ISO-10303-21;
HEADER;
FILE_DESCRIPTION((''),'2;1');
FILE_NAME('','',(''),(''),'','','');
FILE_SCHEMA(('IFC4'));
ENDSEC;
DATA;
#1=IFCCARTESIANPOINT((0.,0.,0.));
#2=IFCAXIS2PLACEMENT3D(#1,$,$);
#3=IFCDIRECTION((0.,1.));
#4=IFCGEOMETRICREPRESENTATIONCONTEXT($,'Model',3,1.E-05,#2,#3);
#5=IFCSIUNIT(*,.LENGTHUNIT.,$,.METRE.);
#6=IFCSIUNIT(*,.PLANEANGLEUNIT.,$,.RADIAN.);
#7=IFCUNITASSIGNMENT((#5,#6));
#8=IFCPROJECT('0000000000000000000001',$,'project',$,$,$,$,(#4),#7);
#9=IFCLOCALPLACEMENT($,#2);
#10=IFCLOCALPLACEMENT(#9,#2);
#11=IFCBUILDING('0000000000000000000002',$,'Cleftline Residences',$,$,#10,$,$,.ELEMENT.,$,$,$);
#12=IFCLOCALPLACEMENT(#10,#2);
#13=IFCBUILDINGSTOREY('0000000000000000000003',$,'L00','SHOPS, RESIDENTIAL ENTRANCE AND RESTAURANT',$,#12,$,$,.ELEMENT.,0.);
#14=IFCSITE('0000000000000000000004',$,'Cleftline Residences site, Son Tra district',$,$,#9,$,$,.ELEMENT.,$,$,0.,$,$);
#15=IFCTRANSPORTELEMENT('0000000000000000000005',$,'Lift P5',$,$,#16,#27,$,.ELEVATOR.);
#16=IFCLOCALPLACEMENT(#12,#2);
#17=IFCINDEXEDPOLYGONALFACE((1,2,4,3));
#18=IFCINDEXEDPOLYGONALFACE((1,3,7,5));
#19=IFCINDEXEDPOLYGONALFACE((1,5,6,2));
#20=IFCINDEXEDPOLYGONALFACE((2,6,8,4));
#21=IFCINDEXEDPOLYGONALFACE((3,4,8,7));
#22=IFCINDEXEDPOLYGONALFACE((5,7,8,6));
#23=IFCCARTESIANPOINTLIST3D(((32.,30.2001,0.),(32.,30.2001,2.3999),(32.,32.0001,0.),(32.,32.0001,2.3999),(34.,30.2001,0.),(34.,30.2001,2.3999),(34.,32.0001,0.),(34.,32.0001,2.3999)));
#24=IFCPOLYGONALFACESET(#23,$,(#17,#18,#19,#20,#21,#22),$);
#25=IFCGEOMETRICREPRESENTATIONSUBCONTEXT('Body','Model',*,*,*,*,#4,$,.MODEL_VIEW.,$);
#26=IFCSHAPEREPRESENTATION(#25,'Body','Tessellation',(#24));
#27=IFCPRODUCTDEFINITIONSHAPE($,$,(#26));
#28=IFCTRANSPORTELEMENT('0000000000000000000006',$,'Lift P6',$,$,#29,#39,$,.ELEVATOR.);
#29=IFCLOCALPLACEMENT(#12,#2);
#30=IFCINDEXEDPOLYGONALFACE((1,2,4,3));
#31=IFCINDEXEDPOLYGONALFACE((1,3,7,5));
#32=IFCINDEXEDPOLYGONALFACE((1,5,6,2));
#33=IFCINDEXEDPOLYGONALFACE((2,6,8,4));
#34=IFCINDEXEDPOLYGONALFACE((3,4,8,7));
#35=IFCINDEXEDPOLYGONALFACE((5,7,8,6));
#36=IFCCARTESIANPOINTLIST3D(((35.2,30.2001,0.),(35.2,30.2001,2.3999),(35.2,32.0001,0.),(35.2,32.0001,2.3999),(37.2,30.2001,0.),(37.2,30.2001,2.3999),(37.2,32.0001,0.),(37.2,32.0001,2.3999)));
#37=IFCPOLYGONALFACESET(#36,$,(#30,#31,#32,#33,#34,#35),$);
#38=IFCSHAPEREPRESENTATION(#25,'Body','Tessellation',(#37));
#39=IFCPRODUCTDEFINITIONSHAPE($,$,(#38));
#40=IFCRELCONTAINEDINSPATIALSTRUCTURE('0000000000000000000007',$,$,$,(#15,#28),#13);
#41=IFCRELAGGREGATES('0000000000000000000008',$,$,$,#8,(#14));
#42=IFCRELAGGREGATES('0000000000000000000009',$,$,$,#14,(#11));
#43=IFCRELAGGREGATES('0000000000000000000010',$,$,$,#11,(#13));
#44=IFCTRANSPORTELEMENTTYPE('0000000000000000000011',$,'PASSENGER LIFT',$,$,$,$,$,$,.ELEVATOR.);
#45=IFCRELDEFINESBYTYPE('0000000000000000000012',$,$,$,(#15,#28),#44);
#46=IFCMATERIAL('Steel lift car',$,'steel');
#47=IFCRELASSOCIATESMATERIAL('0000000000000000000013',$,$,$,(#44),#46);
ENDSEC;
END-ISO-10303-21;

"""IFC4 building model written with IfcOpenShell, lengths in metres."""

from ifc_helpers import new_model, si_unit, direction, frame, origin, origin_2d, place, context, subcontext, project, spatial, rectangle, extrude, material, type_object, element, save


model = new_model("IFC4")

# Units and contexts
model_context = context("Model", 3, precision=1e-05, world=origin(), true_north=direction((0.0, 1.0)))
body_context = subcontext(model_context, "Body", "Model", "MODEL_VIEW")
ifc_project = project(units=[si_unit("LENGTHUNIT", "METRE"), si_unit("PLANEANGLEUNIT", "RADIAN")], contexts=[model_context])

# Site, building, storey
site_placement = place(None, origin())
site = spatial("IfcSite", under=ifc_project, at=site_placement, Name="Cleftline Residences site, Son Tra district", CompositionType="ELEMENT", RefElevation=0.0)
building_placement = place(site_placement, origin())
building = spatial("IfcBuilding", under=site, at=building_placement, Name="Cleftline Residences", CompositionType="ELEMENT")
storey_placement = place(building_placement, origin())
storey = spatial("IfcBuildingStorey", under=building, at=storey_placement, Name="L00", Description="SHOPS, RESIDENTIAL ENTRANCE AND RESTAURANT", CompositionType="ELEMENT", Elevation=0.0)

# Transport elements
ifc_material_1 = material(Name="Steel lift car", Category="steel")
transport_element_type = type_object("IfcTransportElementType", Name="PASSENGER LIFT", PredefinedType="ELEVATOR", material=ifc_material_1)
for number, where, z_axis, x_axis, name in (
    (1, (33.0, 31.1001, 0.0), (0.0, 0.0, 1.0), (1.0, 0.0, 0.0), "Lift P5"),
    (2, (36.2, 31.1001, 0.0), (0.0, 0.0, 1.0), (1.0, 0.0, 0.0), "Lift P6"),
):
    element("IfcTransportElement", number, at=place(storey_placement, frame(where, z_axis=z_axis, x_axis=x_axis)), inside=storey, type_object=transport_element_type, Name=name, PredefinedType="ELEVATOR", context=body_context, shape_type="SweptSolid", body=[
        extrude(rectangle(XDim=2.0, YDim=1.8, at=origin_2d()), origin(), (0.0, 0.0, 1.0), 2.3999),
    ])

save(model, "model.ifc")
